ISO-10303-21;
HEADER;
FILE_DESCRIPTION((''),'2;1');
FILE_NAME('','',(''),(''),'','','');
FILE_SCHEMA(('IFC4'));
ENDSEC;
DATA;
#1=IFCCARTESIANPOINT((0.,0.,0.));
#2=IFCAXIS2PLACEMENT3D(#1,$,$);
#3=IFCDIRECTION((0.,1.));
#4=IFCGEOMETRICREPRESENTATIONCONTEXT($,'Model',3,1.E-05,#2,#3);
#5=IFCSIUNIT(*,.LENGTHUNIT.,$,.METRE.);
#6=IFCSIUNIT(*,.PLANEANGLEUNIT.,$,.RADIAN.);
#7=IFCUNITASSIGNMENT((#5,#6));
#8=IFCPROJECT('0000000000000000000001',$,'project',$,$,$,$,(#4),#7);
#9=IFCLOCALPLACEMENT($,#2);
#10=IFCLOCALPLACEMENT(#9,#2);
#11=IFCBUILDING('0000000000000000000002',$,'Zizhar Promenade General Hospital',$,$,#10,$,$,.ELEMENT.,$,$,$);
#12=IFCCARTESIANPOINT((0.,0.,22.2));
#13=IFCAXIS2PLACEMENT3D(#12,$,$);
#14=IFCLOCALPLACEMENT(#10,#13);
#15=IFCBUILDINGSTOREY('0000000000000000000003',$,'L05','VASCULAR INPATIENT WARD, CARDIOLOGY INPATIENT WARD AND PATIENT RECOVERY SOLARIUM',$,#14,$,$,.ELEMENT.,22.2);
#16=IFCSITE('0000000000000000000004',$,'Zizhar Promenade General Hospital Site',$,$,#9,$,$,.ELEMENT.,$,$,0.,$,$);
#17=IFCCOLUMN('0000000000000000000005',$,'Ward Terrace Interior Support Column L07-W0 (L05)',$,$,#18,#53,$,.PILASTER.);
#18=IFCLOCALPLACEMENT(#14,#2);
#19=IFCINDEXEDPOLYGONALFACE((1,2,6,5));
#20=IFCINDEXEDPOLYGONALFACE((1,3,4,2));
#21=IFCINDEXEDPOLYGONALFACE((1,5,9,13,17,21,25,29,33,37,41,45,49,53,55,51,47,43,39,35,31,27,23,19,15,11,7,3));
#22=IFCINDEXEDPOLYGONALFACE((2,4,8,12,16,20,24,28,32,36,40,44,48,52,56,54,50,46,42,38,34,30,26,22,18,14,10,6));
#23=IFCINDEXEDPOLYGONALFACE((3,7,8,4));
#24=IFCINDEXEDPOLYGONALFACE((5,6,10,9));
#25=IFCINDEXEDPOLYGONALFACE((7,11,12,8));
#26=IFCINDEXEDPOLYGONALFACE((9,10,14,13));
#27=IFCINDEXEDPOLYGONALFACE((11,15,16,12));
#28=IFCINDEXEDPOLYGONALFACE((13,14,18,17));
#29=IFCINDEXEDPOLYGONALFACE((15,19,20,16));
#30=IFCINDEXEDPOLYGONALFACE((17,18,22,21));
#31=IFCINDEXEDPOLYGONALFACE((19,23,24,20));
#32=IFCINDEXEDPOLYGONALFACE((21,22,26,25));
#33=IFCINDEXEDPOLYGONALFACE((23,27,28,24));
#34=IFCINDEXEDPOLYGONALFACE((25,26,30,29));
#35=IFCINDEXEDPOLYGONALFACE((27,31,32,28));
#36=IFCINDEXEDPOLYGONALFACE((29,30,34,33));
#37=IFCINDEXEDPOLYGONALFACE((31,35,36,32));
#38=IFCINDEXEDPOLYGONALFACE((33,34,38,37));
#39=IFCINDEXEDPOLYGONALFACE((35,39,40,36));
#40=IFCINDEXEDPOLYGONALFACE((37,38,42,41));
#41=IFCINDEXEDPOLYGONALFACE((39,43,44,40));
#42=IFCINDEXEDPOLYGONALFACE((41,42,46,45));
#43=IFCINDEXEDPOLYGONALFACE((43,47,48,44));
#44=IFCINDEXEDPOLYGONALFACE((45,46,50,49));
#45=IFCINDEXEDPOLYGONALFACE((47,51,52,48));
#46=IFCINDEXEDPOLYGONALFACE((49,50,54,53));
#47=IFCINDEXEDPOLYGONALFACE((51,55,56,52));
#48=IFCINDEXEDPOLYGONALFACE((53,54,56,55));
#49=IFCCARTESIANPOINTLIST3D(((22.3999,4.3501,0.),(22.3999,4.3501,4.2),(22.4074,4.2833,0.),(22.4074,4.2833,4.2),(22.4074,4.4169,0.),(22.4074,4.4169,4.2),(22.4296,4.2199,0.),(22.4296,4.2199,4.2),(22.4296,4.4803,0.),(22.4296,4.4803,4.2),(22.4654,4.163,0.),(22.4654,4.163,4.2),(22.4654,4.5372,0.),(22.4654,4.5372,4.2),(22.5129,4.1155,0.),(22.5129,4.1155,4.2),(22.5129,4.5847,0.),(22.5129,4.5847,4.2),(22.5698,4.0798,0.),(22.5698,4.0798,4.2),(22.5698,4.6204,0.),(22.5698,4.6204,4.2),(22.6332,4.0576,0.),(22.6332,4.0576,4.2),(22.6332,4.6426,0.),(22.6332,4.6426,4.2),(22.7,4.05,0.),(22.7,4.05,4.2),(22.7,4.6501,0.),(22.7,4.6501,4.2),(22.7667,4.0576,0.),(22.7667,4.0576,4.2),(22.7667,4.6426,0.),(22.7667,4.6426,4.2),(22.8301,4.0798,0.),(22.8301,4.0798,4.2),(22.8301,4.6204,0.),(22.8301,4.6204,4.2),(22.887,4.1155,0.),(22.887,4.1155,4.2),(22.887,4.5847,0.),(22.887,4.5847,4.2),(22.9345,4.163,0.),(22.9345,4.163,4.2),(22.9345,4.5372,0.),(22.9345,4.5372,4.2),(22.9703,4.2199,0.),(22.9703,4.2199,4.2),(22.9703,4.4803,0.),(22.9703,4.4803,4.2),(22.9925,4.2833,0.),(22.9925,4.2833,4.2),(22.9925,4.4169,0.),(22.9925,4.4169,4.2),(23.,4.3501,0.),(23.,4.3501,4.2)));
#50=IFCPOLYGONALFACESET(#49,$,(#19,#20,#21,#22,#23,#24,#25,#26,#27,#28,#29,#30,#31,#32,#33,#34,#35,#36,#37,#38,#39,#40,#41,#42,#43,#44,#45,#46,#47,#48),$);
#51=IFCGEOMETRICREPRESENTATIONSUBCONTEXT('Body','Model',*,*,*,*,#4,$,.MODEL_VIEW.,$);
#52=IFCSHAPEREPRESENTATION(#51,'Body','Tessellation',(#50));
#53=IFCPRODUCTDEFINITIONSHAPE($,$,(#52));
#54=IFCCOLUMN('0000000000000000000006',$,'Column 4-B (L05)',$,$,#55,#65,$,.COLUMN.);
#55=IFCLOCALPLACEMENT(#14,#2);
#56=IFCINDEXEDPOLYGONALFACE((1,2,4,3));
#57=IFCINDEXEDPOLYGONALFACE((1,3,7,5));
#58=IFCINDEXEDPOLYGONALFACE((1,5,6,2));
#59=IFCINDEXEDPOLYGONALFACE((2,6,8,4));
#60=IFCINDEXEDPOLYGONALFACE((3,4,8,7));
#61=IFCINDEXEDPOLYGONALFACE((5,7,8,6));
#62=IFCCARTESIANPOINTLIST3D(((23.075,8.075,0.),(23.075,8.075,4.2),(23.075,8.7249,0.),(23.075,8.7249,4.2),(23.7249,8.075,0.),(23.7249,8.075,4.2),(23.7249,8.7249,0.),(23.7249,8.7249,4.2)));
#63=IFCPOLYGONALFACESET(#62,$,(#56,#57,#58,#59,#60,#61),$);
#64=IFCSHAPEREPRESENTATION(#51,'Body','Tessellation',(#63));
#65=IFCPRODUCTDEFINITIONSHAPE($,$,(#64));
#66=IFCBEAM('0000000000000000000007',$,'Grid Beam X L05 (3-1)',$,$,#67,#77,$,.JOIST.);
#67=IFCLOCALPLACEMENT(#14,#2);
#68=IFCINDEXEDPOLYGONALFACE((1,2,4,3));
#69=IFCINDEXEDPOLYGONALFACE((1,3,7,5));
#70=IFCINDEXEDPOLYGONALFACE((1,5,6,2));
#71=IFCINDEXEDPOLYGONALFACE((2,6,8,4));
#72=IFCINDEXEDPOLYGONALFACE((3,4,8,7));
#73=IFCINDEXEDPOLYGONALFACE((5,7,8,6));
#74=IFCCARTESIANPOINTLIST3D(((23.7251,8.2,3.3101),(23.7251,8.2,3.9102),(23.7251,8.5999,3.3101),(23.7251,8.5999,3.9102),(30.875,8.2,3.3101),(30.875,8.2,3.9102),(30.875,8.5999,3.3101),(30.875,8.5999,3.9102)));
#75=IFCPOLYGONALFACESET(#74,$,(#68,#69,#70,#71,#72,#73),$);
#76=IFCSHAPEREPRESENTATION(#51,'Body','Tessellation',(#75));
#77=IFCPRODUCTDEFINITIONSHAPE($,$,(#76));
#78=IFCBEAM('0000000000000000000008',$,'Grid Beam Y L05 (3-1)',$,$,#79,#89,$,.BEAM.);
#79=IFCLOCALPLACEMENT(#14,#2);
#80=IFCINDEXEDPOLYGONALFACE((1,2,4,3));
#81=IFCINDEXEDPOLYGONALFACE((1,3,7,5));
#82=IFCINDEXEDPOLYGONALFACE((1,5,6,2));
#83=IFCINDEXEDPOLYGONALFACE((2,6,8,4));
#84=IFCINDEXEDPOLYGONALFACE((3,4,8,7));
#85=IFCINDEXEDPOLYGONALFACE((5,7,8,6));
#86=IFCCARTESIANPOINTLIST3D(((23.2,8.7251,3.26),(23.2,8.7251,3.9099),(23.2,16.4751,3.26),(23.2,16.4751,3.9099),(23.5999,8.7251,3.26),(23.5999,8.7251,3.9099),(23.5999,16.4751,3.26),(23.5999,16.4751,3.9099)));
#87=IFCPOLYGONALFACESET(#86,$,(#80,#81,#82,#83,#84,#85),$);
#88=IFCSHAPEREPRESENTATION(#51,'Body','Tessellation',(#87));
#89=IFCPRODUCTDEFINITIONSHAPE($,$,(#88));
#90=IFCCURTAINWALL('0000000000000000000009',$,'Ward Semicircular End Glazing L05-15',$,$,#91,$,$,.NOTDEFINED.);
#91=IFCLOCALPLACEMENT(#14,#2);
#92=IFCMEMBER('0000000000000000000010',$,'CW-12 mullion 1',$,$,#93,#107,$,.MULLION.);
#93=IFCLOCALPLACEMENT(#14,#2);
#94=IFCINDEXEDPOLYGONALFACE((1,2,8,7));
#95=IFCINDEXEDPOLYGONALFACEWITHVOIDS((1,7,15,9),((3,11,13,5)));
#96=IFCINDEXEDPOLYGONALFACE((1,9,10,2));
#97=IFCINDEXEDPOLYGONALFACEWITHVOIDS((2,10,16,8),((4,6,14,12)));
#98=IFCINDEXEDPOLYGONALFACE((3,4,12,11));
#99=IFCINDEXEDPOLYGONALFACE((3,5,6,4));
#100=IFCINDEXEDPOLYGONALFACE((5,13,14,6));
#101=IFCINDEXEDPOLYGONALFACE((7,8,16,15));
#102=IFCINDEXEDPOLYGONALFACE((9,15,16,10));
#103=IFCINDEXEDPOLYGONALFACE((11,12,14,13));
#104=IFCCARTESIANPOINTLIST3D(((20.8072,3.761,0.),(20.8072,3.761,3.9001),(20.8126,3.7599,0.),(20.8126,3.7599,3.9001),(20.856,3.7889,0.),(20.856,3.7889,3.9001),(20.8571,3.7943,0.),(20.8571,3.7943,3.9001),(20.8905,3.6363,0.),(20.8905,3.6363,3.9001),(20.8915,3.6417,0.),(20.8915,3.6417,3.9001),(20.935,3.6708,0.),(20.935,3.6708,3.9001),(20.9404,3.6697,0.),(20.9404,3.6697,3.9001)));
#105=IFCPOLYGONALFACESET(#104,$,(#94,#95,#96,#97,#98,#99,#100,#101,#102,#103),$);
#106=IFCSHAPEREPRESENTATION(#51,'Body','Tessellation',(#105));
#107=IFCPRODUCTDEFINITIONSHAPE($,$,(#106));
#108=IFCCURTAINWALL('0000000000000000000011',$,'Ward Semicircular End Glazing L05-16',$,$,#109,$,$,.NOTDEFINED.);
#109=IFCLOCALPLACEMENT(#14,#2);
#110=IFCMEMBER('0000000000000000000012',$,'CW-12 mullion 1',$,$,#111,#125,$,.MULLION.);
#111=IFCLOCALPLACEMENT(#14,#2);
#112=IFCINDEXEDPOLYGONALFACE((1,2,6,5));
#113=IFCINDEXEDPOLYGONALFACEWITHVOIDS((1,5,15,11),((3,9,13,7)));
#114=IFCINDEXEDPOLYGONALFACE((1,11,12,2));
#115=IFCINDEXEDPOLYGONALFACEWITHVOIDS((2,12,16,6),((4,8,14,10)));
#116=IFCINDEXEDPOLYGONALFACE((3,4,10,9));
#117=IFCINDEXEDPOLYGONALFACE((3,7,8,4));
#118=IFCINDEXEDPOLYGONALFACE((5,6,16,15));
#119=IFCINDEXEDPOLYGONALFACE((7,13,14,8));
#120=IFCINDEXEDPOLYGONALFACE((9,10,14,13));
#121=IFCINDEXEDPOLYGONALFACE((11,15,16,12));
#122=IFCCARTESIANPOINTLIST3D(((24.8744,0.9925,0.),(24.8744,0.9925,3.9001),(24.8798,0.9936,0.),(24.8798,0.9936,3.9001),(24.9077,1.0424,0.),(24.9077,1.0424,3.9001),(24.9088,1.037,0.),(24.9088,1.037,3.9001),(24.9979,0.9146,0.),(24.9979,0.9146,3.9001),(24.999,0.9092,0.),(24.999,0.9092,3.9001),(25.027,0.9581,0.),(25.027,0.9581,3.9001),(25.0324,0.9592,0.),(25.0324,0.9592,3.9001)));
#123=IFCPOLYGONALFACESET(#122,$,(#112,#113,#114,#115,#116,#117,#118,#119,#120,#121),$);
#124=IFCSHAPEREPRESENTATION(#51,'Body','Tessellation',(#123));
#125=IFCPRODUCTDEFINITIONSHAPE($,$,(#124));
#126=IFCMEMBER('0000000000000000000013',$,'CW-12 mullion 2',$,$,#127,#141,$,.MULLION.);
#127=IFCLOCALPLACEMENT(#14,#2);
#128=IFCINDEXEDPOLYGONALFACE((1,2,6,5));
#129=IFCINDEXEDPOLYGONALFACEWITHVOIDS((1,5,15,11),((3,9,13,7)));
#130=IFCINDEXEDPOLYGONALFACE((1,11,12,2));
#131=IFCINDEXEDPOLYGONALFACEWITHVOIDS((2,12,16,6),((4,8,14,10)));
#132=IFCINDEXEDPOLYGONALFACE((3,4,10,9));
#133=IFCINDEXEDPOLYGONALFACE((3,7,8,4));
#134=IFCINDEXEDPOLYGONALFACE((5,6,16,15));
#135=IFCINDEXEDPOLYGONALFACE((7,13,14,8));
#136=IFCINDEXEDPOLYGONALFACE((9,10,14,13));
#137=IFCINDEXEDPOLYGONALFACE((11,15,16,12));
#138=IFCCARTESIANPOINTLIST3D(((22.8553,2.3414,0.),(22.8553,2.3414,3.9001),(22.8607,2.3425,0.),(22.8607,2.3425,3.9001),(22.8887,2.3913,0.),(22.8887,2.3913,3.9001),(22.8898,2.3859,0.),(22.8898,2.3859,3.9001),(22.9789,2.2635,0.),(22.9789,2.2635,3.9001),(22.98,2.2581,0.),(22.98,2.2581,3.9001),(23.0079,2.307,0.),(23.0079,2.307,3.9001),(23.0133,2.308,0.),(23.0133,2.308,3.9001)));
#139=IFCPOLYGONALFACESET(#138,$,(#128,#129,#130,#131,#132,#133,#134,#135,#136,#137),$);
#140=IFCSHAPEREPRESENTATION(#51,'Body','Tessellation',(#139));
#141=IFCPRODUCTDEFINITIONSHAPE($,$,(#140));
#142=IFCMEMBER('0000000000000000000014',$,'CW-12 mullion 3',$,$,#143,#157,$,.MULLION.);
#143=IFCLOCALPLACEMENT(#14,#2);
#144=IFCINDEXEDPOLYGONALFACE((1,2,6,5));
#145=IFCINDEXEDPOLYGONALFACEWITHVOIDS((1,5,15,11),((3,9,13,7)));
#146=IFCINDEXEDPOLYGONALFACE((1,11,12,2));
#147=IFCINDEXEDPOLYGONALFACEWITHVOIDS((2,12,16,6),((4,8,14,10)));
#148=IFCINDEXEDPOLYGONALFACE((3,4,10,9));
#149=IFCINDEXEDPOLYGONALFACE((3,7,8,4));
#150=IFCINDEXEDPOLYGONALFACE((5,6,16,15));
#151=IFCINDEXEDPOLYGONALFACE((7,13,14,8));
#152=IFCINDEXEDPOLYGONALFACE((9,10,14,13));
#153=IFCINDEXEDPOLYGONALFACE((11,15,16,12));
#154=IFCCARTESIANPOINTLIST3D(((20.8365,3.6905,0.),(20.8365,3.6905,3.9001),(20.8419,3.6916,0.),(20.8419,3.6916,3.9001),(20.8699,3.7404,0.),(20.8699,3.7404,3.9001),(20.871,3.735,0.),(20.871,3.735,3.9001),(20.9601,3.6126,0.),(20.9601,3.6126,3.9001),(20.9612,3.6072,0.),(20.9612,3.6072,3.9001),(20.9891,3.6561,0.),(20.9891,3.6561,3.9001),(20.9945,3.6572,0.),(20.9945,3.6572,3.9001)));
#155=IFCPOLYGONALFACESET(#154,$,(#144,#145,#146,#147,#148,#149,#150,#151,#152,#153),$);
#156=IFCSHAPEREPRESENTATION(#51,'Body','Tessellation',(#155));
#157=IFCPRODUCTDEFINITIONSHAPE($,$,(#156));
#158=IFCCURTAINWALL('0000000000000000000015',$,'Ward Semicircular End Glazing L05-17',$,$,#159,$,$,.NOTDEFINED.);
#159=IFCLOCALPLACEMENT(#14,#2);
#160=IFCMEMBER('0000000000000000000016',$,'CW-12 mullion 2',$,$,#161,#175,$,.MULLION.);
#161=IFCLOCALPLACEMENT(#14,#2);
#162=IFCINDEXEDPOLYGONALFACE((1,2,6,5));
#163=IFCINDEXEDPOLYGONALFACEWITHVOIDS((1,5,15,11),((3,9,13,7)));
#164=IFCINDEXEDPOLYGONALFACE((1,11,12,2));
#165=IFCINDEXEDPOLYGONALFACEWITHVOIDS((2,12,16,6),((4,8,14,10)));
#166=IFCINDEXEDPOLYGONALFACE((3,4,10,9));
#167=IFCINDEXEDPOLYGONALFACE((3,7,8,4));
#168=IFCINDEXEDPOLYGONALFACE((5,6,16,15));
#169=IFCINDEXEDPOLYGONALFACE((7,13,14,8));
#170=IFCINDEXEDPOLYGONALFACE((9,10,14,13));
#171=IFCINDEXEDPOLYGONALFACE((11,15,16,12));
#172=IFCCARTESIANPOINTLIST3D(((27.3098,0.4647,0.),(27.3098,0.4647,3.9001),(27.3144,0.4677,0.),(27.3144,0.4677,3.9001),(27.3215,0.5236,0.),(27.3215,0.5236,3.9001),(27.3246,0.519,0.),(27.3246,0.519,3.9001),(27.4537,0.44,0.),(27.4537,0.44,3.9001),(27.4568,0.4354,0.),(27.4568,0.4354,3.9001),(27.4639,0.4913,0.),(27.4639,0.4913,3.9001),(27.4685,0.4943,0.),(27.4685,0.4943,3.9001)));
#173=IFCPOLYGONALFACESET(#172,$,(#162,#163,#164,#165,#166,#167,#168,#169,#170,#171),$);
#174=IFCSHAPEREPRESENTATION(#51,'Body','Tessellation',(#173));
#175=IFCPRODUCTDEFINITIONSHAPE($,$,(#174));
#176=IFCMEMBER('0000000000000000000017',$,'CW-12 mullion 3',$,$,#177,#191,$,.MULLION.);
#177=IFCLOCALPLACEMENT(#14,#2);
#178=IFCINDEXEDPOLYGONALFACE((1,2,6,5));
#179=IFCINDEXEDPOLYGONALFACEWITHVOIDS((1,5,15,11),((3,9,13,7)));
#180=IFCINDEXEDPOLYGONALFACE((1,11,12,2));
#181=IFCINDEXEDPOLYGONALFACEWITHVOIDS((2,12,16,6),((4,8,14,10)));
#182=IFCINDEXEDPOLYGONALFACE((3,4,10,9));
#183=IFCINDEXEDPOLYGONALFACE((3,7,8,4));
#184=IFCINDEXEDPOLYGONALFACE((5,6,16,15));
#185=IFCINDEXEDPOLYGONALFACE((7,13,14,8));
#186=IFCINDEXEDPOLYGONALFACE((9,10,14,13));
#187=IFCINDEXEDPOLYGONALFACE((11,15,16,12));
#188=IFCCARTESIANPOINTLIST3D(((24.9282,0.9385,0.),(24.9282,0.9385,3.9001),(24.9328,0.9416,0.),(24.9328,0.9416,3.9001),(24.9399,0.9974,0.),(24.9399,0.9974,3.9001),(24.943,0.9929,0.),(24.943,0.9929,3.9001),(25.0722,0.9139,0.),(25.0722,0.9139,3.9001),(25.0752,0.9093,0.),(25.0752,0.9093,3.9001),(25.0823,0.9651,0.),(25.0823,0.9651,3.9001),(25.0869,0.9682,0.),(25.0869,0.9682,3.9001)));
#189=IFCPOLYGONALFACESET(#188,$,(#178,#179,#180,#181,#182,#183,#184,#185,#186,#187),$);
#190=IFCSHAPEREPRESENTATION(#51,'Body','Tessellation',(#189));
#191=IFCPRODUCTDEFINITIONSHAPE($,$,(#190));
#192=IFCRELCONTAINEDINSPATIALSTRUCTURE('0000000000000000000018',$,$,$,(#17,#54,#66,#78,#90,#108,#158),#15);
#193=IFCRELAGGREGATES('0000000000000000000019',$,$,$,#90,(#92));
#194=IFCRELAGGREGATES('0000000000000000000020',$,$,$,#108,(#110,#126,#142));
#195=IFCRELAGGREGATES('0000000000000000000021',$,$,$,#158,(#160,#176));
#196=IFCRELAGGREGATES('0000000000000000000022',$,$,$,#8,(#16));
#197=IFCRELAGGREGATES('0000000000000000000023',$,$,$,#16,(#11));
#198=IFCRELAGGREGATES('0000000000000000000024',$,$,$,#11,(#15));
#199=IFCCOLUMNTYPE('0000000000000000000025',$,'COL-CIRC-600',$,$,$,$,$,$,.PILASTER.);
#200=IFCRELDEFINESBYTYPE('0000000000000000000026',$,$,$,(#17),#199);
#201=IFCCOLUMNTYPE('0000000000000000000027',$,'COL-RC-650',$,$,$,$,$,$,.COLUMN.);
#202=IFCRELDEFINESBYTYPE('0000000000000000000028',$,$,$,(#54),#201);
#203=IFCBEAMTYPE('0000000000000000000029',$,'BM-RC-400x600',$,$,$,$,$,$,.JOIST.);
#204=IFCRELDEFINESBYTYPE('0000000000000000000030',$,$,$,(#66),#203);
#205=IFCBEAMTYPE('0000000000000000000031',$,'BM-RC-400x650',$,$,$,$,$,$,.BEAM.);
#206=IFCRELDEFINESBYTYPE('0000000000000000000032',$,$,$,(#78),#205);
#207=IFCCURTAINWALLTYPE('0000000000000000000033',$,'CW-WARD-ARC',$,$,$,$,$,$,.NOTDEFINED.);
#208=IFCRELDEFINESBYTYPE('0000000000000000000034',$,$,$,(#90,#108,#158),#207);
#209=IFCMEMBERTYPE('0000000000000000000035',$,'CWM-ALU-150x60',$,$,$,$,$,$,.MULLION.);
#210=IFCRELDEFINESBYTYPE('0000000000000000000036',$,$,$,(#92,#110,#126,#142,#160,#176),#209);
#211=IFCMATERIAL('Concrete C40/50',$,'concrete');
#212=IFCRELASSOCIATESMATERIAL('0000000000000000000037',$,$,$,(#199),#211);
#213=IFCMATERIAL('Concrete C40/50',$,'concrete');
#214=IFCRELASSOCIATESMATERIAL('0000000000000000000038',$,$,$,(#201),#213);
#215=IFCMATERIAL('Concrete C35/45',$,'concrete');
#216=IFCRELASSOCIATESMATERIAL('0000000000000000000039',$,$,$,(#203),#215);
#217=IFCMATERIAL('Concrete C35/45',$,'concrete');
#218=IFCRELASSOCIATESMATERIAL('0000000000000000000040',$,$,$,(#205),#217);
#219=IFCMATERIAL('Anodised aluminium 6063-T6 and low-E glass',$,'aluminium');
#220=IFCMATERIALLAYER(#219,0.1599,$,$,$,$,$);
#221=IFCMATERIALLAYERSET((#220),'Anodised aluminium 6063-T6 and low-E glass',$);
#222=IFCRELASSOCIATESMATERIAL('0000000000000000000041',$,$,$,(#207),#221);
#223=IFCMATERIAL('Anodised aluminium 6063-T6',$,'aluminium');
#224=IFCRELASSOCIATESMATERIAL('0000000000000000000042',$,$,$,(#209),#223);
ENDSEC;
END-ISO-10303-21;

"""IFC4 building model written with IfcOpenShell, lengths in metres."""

from ifc_helpers import new_model, si_unit, direction, frame, origin, origin_2d, place, context, subcontext, project, spatial, rectangle, hollow_rectangle, circle, extrude, material, layer, layer_set, material_profile, profile_set, type_object, element, aggregate, save


model = new_model("IFC4")

# Units and contexts
model_context = context("Model", 3, precision=1e-05, world=origin(), true_north=direction((0.0, 1.0)))
body_context = subcontext(model_context, "Body", "Model", "MODEL_VIEW")
ifc_project = project(units=[si_unit("LENGTHUNIT", "METRE"), si_unit("PLANEANGLEUNIT", "RADIAN")], contexts=[model_context])

# Site, building, storey
site_placement = place(None, origin())
site = spatial("IfcSite", under=ifc_project, at=site_placement, Name="Zizhar Promenade General Hospital Site", CompositionType="ELEMENT", RefElevation=0.0)
building_placement = place(site_placement, origin())
building = spatial("IfcBuilding", under=site, at=building_placement, Name="Zizhar Promenade General Hospital", CompositionType="ELEMENT")
storey_placement = place(building_placement, frame((0.0, 0.0, 22.2)))
storey = spatial("IfcBuildingStorey", under=building, at=storey_placement, Name="L05", Description="VASCULAR INPATIENT WARD, CARDIOLOGY INPATIENT WARD AND PATIENT RECOVERY SOLARIUM", CompositionType="ELEMENT", Elevation=22.2)

# Columns
ifc_material_1 = material(Name="Concrete C40/50", Category="concrete")
ifc_material_profile_1 = material_profile(ifc_material_1, circle(Radius=0.3, at=origin_2d()))
ifc_profile_set_1 = profile_set([ifc_material_profile_1], Name="Concrete C40/50")
column_type_1 = type_object("IfcColumnType", Name="COL-CIRC-600", PredefinedType="PILASTER", material=ifc_profile_set_1)
column_1_placement = place(storey_placement, frame((22.7, 4.3501, 0.0), z_axis=(0.0, 0.0, 1.0), x_axis=(1.0, 0.0, 0.0)))
element("IfcColumn", 1, at=column_1_placement, inside=storey, type_object=column_type_1, Name="Ward Terrace Interior Support Column L07-W0 (L05)", PredefinedType="PILASTER", context=body_context, shape_type="SweptSolid", body=[
    extrude(circle(Radius=0.3, at=origin_2d()), origin(), (0.0, 0.0, 1.0), 4.2),
])
ifc_material_2 = material(Name="Concrete C40/50", Category="concrete")
ifc_material_profile_2 = material_profile(ifc_material_2, rectangle(XDim=0.6499, YDim=0.6499, at=origin_2d()))
ifc_profile_set_2 = profile_set([ifc_material_profile_2], Name="Concrete C40/50")
column_type_2 = type_object("IfcColumnType", Name="COL-RC-650", PredefinedType="COLUMN", material=ifc_profile_set_2)
column_2_placement = place(storey_placement, frame((23.3999, 8.3999, 0.0), z_axis=(0.0, 0.0, 1.0), x_axis=(1.0, 0.0, 0.0)))
element("IfcColumn", 2, at=column_2_placement, inside=storey, type_object=column_type_2, Name="Column 4-B (L05)", PredefinedType="COLUMN", context=body_context, shape_type="SweptSolid", body=[
    extrude(rectangle(XDim=0.6499, YDim=0.6499, at=origin_2d()), origin(), (0.0, 0.0, 1.0), 4.2),
])

# Beams
ifc_material_3 = material(Name="Concrete C35/45", Category="concrete")
ifc_material_profile_3 = material_profile(ifc_material_3, rectangle(XDim=0.3999, YDim=0.6001, at=origin_2d()))
ifc_profile_set_3 = profile_set([ifc_material_profile_3], Name="Concrete C35/45")
beam_type_1 = type_object("IfcBeamType", Name="BM-RC-400x600", PredefinedType="JOIST", material=ifc_profile_set_3)
beam_1_placement = place(storey_placement, frame((23.7251, 8.3999, 3.6101), z_axis=(1.0, 0.0, 0.0), x_axis=(0.0, 1.0, 0.0)))
element("IfcBeam", 3, at=beam_1_placement, inside=storey, type_object=beam_type_1, Name="Grid Beam X L05 (3-1)", PredefinedType="JOIST", context=body_context, shape_type="SweptSolid", body=[
    extrude(rectangle(XDim=0.3999, YDim=0.6001, at=origin_2d()), origin(), (0.0, 0.0, 1.0), 7.1499),
])
ifc_material_4 = material(Name="Concrete C35/45", Category="concrete")
ifc_material_profile_4 = material_profile(ifc_material_4, rectangle(XDim=0.3999, YDim=0.6499, at=origin_2d()))
ifc_profile_set_4 = profile_set([ifc_material_profile_4], Name="Concrete C35/45")
beam_type_2 = type_object("IfcBeamType", Name="BM-RC-400x650", PredefinedType="BEAM", material=ifc_profile_set_4)
beam_2_placement = place(storey_placement, frame((23.3999, 8.7251, 3.585), z_axis=(0.0, 1.0, 0.0), x_axis=(-1.0, 0.0, 0.0)))
element("IfcBeam", 4, at=beam_2_placement, inside=storey, type_object=beam_type_2, Name="Grid Beam Y L05 (3-1)", PredefinedType="BEAM", context=body_context, shape_type="SweptSolid", body=[
    extrude(rectangle(XDim=0.3999, YDim=0.6499, at=origin_2d()), origin(), (0.0, 0.0, 1.0), 7.75),
])

# Curtain wall, member
ifc_material_5 = material(Name="Anodised aluminium 6063-T6 and low-E glass", Category="aluminium")
ifc_layer_1 = layer(ifc_material_5, 0.1599)
ifc_layer_set_1 = layer_set([ifc_layer_1], Name="Anodised aluminium 6063-T6 and low-E glass")
curtain_wall_type = type_object("IfcCurtainWallType", Name="CW-WARD-ARC", PredefinedType="NOTDEFINED", material=ifc_layer_set_1)
curtain_wall_1_placement = place(storey_placement, origin())
curtain_wall_1 = element("IfcCurtainWall", 5, at=curtain_wall_1_placement, inside=storey, type_object=curtain_wall_type, Name="Ward Semicircular End Glazing L05-15", PredefinedType="NOTDEFINED")
ifc_material_6 = material(Name="Anodised aluminium 6063-T6", Category="aluminium")
ifc_material_profile_5 = material_profile(ifc_material_6, hollow_rectangle(XDim=0.0601, YDim=0.1499, WallThickness=0.0039, at=origin_2d()))
ifc_profile_set_5 = profile_set([ifc_material_profile_5], Name="Anodised aluminium 6063-T6")
member_type_1 = type_object("IfcMemberType", Name="CWM-ALU-150x60", PredefinedType="MULLION", material=ifc_profile_set_5)
member_1_placement = place(storey_placement, frame((20.8738, 3.7153, 0.0), z_axis=(0.0, 0.0, 1.0), x_axis=(-0.831462, -0.555582, 0.0)))
member_1 = element("IfcMember", 6, at=member_1_placement, type_object=member_type_1, Name="CW-12 mullion 1", PredefinedType="MULLION", context=body_context, shape_type="SweptSolid", body=[
    extrude(hollow_rectangle(XDim=0.0601, YDim=0.1499, WallThickness=0.0039, at=origin_2d()), origin(), (0.0, 0.0, 1.0), 3.9001),
])

# Curtain walls, members
curtain_wall_2_placement = place(storey_placement, origin())
curtain_wall_2 = element("IfcCurtainWall", 7, at=curtain_wall_2_placement, inside=storey, type_object=curtain_wall_type, Name="Ward Semicircular End Glazing L05-16", PredefinedType="NOTDEFINED")
member_2_placement = place(storey_placement, frame((24.9534, 0.9758, 0.0), z_axis=(0.0, 0.0, 1.0), x_axis=(-0.555582, -0.831462, 0.0)))
member_2 = element("IfcMember", 8, at=member_2_placement, type_object=member_type_1, Name="CW-12 mullion 1", PredefinedType="MULLION", context=body_context, shape_type="SweptSolid", body=[
    extrude(hollow_rectangle(XDim=0.0601, YDim=0.1499, WallThickness=0.0039, at=origin_2d()), origin(), (0.0, 0.0, 1.0), 3.9001),
])
member_3_placement = place(storey_placement, frame((22.9343, 2.3247, 0.0), z_axis=(0.0, 0.0, 1.0), x_axis=(-0.555582, -0.831462, 0.0)))
member_3 = element("IfcMember", 9, at=member_3_placement, type_object=member_type_1, Name="CW-12 mullion 2", PredefinedType="MULLION", context=body_context, shape_type="SweptSolid", body=[
    extrude(hollow_rectangle(XDim=0.0601, YDim=0.1499, WallThickness=0.0039, at=origin_2d()), origin(), (0.0, 0.0, 1.0), 3.9001),
])
member_4_placement = place(storey_placement, frame((20.9155, 3.6738, 0.0), z_axis=(0.0, 0.0, 1.0), x_axis=(-0.555582, -0.831462, 0.0)))
member_4 = element("IfcMember", 10, at=member_4_placement, type_object=member_type_1, Name="CW-12 mullion 3", PredefinedType="MULLION", context=body_context, shape_type="SweptSolid", body=[
    extrude(hollow_rectangle(XDim=0.0601, YDim=0.1499, WallThickness=0.0039, at=origin_2d()), origin(), (0.0, 0.0, 1.0), 3.9001),
])
curtain_wall_3_placement = place(storey_placement, origin())
curtain_wall_3 = element("IfcCurtainWall", 11, at=curtain_wall_3_placement, inside=storey, type_object=curtain_wall_type, Name="Ward Semicircular End Glazing L05-17", PredefinedType="NOTDEFINED")
member_5_placement = place(storey_placement, frame((27.3892, 0.4795, 0.0), z_axis=(0.0, 0.0, 1.0), x_axis=(-0.195087, -0.980786, 0.0)))
member_5 = element("IfcMember", 12, at=member_5_placement, type_object=member_type_1, Name="CW-12 mullion 2", PredefinedType="MULLION", context=body_context, shape_type="SweptSolid", body=[
    extrude(hollow_rectangle(XDim=0.0601, YDim=0.1499, WallThickness=0.0039, at=origin_2d()), origin(), (0.0, 0.0, 1.0), 3.9001),
])
member_6_placement = place(storey_placement, frame((25.0076, 0.9534, 0.0), z_axis=(0.0, 0.0, 1.0), x_axis=(-0.195087, -0.980786, 0.0)))
member_6 = element("IfcMember", 13, at=member_6_placement, type_object=member_type_1, Name="CW-12 mullion 3", PredefinedType="MULLION", context=body_context, shape_type="SweptSolid", body=[
    extrude(hollow_rectangle(XDim=0.0601, YDim=0.1499, WallThickness=0.0039, at=origin_2d()), origin(), (0.0, 0.0, 1.0), 3.9001),
])

aggregate(curtain_wall_1, [member_1])

aggregate(curtain_wall_2, [member_2, member_3, member_4])
aggregate(curtain_wall_3, [member_5, member_6])

save(model, "model.ifc")
